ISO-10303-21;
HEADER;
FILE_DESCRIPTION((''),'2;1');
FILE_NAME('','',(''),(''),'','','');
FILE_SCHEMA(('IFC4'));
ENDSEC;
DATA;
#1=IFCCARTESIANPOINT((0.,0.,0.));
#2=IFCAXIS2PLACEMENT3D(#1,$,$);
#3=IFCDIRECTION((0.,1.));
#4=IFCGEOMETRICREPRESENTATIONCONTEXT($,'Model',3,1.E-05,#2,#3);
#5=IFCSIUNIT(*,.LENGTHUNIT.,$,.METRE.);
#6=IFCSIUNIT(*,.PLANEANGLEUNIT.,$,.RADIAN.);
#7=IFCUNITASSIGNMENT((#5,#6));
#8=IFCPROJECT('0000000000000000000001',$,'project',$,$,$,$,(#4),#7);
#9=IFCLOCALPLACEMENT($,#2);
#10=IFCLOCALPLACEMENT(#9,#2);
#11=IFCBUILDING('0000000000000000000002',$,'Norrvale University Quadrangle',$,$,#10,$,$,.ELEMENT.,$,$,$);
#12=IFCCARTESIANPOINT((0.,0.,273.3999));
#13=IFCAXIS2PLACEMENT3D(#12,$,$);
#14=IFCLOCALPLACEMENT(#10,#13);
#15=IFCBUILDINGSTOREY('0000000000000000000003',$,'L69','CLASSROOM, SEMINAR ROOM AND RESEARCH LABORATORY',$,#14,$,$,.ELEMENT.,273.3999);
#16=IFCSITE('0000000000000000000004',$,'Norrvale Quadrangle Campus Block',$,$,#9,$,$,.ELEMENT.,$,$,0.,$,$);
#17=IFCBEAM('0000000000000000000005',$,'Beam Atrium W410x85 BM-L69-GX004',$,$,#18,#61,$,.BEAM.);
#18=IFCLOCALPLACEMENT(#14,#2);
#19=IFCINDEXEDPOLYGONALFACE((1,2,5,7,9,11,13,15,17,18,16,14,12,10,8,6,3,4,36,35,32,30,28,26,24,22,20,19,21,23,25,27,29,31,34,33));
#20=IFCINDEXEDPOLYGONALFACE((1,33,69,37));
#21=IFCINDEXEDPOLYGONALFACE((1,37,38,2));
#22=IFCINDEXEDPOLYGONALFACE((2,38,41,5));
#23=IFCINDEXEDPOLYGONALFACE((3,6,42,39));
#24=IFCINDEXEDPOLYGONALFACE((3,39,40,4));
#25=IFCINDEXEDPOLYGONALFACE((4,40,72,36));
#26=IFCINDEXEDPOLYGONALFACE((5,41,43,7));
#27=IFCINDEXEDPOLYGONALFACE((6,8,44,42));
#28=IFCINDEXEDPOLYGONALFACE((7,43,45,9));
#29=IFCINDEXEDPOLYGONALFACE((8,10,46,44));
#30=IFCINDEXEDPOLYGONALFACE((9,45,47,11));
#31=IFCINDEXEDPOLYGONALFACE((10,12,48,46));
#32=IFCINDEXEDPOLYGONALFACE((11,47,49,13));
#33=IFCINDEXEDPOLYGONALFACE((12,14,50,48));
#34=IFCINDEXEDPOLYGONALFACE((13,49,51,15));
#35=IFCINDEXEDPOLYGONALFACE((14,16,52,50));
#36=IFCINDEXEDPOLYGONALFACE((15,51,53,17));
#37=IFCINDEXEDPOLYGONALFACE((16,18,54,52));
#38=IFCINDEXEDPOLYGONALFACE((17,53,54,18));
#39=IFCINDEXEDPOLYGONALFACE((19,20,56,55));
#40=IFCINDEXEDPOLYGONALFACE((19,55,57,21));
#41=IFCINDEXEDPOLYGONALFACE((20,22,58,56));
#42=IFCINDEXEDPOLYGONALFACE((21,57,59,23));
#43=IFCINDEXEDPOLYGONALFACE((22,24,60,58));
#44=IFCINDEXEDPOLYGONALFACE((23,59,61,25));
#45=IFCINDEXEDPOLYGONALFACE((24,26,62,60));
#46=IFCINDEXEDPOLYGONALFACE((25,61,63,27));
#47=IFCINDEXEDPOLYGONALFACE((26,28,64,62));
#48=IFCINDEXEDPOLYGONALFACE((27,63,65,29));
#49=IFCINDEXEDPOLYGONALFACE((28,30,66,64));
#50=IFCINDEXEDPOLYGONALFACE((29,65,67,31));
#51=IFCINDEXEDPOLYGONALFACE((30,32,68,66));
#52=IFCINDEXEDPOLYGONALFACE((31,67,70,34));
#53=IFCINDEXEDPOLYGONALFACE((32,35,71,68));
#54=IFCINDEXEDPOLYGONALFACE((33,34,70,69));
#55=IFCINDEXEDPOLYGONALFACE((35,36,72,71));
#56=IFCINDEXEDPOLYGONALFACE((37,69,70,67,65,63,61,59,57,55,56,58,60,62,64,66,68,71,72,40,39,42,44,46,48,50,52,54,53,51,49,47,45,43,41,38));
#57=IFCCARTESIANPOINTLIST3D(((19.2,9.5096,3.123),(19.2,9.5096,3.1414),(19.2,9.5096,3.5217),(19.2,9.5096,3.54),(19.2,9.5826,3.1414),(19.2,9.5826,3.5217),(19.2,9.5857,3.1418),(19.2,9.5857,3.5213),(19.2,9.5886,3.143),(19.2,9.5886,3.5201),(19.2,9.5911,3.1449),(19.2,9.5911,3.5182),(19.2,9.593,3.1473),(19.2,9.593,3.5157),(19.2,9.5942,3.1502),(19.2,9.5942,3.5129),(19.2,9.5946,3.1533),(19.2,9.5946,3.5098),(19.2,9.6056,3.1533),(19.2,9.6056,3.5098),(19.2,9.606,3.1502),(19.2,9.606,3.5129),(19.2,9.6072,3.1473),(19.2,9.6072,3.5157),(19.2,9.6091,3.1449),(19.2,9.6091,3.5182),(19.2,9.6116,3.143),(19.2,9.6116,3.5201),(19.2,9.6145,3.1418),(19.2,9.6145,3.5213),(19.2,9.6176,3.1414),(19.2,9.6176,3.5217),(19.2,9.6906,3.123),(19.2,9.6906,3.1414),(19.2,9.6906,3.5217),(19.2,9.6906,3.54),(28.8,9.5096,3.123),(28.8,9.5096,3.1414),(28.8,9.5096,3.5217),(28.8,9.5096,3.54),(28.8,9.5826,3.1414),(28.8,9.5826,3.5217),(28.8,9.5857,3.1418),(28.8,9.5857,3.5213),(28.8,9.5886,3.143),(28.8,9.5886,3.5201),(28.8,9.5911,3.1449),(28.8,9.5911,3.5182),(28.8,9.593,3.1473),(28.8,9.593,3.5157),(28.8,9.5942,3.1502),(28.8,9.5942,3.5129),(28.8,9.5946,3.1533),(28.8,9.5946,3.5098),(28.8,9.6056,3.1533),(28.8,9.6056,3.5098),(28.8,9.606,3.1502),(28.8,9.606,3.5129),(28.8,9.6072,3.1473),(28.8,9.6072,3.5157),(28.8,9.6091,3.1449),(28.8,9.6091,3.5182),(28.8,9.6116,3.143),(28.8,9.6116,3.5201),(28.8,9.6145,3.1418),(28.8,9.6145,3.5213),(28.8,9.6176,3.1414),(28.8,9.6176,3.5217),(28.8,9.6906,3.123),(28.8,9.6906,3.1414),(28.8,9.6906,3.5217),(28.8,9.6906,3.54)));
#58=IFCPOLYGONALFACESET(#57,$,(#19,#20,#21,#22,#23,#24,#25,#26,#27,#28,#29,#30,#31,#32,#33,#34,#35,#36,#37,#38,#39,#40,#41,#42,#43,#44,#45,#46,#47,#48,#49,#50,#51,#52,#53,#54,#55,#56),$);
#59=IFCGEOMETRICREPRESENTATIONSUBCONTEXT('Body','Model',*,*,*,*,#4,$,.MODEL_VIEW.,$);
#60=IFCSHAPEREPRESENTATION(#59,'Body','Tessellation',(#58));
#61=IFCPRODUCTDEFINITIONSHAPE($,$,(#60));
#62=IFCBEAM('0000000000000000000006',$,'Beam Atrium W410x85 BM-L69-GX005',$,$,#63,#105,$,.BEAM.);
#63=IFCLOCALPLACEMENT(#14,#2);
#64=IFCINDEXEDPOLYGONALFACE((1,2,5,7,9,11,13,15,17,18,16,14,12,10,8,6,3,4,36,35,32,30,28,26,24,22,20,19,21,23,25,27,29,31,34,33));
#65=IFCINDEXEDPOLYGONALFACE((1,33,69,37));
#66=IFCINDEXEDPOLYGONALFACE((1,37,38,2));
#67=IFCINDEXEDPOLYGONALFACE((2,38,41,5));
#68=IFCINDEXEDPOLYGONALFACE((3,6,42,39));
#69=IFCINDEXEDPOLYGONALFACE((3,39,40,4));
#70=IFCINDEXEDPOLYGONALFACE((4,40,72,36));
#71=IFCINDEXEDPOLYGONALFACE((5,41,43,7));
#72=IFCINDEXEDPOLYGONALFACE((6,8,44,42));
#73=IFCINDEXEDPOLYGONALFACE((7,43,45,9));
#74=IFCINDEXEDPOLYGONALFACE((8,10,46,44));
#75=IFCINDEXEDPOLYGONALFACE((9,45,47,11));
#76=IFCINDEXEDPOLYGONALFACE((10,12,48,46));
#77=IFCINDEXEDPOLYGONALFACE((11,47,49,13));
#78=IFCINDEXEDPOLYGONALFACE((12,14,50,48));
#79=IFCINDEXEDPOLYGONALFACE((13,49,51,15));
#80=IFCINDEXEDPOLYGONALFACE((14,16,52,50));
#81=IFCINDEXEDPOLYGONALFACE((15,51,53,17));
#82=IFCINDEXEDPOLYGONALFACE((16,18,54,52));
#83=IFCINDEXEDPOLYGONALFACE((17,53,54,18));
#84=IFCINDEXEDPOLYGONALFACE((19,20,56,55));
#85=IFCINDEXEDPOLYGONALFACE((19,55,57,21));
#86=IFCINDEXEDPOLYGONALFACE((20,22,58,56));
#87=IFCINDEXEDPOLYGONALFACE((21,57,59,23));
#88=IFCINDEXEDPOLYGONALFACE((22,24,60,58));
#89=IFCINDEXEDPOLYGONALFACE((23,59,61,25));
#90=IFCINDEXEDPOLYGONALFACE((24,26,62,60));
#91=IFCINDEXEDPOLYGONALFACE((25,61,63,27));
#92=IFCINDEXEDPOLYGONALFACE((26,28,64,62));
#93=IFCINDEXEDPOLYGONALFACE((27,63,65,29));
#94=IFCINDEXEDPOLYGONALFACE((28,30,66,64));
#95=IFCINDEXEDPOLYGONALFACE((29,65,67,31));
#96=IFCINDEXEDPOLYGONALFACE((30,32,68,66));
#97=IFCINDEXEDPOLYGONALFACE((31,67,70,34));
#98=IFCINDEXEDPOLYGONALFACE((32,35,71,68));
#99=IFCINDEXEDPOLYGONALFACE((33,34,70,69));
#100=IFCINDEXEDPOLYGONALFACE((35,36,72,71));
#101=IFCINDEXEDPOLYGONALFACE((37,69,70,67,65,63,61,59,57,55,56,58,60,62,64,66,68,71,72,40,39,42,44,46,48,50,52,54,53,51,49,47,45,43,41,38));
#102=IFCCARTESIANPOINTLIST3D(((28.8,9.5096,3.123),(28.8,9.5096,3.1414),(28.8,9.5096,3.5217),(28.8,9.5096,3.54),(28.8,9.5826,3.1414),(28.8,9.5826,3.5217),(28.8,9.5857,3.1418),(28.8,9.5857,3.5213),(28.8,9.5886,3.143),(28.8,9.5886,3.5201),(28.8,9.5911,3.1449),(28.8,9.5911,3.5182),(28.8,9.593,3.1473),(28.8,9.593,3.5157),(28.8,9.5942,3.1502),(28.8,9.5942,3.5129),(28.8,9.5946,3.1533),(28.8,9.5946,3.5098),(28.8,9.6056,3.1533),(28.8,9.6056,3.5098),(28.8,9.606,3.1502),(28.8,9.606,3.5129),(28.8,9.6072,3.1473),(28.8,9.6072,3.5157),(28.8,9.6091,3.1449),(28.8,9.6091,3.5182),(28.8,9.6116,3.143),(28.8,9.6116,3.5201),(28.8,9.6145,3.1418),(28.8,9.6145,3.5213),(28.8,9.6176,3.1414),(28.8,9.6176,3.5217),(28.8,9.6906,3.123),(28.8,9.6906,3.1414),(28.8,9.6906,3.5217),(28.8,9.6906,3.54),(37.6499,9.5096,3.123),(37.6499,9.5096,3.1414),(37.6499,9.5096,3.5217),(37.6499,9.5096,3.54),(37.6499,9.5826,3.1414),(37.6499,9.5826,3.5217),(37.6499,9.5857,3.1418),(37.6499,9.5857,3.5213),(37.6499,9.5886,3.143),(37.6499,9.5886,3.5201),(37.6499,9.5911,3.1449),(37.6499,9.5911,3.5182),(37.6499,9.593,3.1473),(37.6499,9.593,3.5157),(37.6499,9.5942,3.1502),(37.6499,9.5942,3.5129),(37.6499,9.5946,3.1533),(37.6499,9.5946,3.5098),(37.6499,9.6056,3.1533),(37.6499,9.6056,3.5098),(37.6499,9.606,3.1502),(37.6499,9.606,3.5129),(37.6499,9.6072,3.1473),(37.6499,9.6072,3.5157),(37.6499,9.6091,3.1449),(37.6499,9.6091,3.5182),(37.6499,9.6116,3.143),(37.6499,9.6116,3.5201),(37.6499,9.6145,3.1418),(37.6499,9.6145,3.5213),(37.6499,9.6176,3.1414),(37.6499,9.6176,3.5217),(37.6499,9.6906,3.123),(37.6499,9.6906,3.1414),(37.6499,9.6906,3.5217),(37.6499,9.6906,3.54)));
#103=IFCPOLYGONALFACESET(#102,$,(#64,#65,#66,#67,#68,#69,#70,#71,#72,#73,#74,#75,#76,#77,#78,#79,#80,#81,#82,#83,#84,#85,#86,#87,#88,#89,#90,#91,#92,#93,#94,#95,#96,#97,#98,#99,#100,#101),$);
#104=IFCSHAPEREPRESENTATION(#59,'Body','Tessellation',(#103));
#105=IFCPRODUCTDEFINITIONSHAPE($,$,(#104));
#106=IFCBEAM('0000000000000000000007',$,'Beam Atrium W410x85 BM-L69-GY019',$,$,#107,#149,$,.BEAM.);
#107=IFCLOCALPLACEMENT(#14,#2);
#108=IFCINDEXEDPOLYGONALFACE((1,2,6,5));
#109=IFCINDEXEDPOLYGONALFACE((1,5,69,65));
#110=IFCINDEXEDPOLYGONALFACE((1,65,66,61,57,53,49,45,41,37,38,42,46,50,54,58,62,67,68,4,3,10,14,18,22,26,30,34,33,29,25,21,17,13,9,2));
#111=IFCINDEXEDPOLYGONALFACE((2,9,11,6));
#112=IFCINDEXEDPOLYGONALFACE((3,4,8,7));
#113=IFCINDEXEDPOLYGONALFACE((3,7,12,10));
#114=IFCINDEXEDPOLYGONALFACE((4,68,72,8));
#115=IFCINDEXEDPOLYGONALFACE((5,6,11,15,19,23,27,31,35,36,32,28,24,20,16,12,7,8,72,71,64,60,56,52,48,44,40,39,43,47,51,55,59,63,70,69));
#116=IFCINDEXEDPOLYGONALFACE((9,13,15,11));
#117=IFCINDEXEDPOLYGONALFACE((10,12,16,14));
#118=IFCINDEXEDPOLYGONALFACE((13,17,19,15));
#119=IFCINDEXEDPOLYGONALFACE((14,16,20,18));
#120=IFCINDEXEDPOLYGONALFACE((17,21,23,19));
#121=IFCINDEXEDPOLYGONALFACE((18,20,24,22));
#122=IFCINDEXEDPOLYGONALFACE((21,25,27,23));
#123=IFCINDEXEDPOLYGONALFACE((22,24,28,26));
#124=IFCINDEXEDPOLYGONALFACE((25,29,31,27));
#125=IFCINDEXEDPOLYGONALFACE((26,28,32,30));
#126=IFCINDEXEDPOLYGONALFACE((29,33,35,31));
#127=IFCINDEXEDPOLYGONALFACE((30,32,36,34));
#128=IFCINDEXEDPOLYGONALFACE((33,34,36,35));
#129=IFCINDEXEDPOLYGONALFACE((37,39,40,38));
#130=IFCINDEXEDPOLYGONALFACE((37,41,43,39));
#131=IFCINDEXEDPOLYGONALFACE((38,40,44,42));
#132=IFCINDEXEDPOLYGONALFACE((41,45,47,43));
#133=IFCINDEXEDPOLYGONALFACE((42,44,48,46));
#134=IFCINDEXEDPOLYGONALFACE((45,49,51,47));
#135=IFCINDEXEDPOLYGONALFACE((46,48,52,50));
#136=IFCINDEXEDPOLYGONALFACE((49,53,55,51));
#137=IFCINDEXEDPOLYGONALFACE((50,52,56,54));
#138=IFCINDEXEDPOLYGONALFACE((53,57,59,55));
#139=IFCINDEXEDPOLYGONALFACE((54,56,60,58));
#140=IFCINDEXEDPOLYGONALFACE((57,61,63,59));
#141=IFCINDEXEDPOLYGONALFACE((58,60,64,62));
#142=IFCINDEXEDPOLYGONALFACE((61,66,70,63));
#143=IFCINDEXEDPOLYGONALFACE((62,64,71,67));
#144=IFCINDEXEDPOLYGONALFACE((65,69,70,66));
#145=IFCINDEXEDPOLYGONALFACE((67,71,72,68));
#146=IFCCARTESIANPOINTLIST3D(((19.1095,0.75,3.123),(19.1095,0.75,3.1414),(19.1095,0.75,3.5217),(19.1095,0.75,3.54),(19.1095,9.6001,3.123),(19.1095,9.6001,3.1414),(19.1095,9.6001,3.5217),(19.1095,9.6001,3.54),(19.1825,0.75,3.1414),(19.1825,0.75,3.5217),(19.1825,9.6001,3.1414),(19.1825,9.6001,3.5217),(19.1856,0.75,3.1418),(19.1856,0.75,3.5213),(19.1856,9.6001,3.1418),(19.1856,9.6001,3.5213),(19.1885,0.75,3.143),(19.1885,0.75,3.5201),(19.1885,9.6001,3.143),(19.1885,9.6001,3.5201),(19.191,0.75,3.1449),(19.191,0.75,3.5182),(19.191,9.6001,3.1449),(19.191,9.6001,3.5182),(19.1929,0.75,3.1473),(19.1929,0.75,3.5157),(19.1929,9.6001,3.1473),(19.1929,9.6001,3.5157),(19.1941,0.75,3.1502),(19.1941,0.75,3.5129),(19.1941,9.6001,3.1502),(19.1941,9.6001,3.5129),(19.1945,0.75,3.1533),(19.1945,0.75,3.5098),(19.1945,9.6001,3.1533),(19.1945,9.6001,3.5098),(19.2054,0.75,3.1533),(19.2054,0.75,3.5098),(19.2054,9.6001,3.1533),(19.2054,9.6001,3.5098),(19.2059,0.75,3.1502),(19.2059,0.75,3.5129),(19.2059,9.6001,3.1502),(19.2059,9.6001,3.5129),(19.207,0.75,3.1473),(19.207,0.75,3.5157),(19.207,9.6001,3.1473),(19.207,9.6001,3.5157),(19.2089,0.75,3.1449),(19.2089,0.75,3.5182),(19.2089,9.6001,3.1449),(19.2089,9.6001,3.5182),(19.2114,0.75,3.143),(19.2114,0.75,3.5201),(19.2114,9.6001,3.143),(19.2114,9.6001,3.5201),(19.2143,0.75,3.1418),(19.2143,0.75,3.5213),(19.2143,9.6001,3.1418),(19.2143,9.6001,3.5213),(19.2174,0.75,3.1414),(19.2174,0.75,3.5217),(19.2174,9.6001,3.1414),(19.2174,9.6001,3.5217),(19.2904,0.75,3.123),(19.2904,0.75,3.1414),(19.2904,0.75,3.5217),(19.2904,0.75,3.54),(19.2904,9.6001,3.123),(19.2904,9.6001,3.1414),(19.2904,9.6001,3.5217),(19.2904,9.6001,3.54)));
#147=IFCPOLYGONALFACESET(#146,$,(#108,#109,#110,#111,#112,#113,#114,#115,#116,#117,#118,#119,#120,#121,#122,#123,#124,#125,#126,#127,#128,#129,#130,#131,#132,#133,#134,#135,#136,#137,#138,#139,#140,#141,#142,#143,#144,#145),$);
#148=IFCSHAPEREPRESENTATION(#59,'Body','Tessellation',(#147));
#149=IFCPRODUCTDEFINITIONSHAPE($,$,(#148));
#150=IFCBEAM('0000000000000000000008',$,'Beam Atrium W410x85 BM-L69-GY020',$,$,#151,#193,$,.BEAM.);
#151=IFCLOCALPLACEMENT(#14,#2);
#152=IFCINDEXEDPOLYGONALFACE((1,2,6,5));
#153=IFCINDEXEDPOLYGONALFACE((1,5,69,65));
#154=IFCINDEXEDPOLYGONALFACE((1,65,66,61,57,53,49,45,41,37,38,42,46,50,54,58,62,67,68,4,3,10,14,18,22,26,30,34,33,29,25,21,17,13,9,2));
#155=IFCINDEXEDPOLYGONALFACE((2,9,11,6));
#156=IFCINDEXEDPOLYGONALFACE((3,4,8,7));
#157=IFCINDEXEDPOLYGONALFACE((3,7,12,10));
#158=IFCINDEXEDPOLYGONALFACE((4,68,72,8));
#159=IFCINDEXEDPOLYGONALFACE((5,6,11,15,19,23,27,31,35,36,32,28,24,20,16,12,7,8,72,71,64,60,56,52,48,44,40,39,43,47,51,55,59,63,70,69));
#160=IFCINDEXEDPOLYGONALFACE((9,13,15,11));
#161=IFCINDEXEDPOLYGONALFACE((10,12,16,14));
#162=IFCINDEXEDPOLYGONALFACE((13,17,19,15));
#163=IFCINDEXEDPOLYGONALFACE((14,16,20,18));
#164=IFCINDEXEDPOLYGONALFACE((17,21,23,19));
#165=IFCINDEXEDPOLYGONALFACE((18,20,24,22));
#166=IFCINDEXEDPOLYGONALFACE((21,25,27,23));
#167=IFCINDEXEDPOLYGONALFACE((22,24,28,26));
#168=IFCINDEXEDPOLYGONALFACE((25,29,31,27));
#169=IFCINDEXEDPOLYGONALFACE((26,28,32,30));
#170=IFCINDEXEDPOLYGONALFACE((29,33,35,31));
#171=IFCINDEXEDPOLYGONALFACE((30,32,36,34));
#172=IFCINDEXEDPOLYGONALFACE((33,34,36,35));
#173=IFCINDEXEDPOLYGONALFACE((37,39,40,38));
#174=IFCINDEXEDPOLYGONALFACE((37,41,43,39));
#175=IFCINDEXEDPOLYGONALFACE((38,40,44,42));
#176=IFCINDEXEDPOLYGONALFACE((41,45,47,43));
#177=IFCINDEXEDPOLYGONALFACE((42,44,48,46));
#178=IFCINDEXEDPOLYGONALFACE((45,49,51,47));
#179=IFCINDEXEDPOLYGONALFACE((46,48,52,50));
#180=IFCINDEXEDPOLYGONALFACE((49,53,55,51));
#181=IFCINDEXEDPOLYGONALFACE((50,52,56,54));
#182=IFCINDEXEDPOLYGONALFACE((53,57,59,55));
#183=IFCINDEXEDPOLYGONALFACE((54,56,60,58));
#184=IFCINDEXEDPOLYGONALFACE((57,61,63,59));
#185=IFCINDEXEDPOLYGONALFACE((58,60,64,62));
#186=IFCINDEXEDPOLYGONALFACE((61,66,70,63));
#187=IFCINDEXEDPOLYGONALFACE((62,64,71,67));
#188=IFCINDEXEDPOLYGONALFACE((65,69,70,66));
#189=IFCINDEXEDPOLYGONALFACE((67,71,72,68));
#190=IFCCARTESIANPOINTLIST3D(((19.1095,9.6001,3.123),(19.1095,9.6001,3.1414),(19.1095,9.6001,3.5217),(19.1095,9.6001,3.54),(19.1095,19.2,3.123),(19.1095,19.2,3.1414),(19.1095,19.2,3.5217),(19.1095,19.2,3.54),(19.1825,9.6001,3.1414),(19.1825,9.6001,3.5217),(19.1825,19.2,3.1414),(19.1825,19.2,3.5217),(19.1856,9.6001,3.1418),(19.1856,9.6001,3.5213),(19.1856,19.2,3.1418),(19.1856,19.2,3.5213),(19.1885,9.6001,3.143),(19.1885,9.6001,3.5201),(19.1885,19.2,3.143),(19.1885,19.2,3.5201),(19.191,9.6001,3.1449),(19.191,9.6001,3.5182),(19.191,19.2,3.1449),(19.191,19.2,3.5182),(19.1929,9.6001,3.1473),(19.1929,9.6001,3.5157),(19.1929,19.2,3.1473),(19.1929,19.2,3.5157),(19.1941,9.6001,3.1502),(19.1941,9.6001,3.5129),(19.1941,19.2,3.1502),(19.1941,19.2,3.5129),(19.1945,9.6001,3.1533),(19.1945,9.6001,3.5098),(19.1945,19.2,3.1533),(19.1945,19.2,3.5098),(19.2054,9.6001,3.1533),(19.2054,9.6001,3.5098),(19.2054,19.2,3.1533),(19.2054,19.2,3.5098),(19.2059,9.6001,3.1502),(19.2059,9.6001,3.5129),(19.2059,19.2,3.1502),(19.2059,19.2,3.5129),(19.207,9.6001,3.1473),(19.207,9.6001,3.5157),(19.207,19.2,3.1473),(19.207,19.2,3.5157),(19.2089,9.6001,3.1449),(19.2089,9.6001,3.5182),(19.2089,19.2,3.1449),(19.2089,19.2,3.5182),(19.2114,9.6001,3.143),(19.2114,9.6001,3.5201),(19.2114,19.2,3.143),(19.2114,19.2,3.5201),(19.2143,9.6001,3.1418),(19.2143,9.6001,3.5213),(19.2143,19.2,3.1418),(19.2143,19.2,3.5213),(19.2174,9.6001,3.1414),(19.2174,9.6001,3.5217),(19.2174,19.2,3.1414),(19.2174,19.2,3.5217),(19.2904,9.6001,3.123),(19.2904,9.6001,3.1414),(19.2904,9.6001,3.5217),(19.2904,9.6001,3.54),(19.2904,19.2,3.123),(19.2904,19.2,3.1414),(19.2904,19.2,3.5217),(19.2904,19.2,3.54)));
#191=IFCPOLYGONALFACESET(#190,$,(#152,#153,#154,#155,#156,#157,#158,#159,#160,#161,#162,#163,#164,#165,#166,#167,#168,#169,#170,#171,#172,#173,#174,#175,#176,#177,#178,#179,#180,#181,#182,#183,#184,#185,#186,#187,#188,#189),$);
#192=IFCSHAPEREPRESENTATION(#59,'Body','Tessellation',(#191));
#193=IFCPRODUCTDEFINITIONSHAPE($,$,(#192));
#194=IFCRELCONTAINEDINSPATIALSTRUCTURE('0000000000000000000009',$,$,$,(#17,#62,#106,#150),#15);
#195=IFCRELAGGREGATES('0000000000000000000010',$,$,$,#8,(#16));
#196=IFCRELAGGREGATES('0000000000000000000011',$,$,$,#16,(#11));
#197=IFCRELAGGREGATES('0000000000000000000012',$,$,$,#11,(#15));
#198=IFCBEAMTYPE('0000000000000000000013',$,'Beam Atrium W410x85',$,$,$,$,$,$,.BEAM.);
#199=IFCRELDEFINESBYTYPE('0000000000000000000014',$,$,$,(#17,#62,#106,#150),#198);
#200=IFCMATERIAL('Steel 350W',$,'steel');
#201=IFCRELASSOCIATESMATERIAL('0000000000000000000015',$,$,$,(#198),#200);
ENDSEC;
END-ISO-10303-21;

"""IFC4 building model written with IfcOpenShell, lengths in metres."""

from ifc_helpers import new_model, si_unit, direction, frame, origin, origin_2d, place, context, subcontext, project, spatial, i_section, extrude, material, material_profile, profile_set, type_object, element, save


model = new_model("IFC4")

# Units and contexts
model_context = context("Model", 3, precision=1e-05, world=origin(), true_north=direction((0.0, 1.0)))
body_context = subcontext(model_context, "Body", "Model", "MODEL_VIEW")
ifc_project = project(units=[si_unit("LENGTHUNIT", "METRE"), si_unit("PLANEANGLEUNIT", "RADIAN")], contexts=[model_context])

# Site, building, storey
site_placement = place(None, origin())
site = spatial("IfcSite", under=ifc_project, at=site_placement, Name="Norrvale Quadrangle Campus Block", CompositionType="ELEMENT", RefElevation=0.0)
building_placement = place(site_placement, origin())
building = spatial("IfcBuilding", under=site, at=building_placement, Name="Norrvale University Quadrangle", CompositionType="ELEMENT")
storey_placement = place(building_placement, frame((0.0, 0.0, 273.3999)))
storey = spatial("IfcBuildingStorey", under=building, at=storey_placement, Name="L69", Description="CLASSROOM, SEMINAR ROOM AND RESEARCH LABORATORY", CompositionType="ELEMENT", Elevation=273.3999)

# Beams
ifc_material_1 = material(Name="Steel 350W", Category="steel")
ifc_material_profile_1 = material_profile(ifc_material_1, i_section(OverallWidth=0.1809, OverallDepth=0.417, WebThickness=0.011, FlangeThickness=0.0183, FilletRadius=0.012, at=origin_2d()), Name="Steel 350W")
ifc_profile_set_1 = profile_set([ifc_material_profile_1], Name="Steel 350W")
beam_type_1 = type_object("IfcBeamType", Name="Beam Atrium W410x85", PredefinedType="BEAM", material=ifc_profile_set_1)
beam_1_placement = place(storey_placement, frame((19.2, 9.6001, 3.3315), z_axis=(1.0, 0.0, 0.0), x_axis=(0.0, 1.0, 0.0)))
element("IfcBeam", 1, at=beam_1_placement, inside=storey, type_object=beam_type_1, Name="Beam Atrium W410x85 BM-L69-GX004", PredefinedType="BEAM", context=body_context, shape_type="SweptSolid", body=[
    extrude(i_section(OverallWidth=0.1809, OverallDepth=0.417, WebThickness=0.011, FlangeThickness=0.0183, FilletRadius=0.012, at=origin_2d()), origin(), (0.0, 0.0, 1.0), 9.6001),
])
beam_2_placement = place(storey_placement, frame((28.8, 9.6001, 3.3315), z_axis=(1.0, 0.0, 0.0), x_axis=(0.0, 1.0, 0.0)))
element("IfcBeam", 2, at=beam_2_placement, inside=storey, type_object=beam_type_1, Name="Beam Atrium W410x85 BM-L69-GX005", PredefinedType="BEAM", context=body_context, shape_type="SweptSolid", body=[
    extrude(i_section(OverallWidth=0.1809, OverallDepth=0.417, WebThickness=0.011, FlangeThickness=0.0183, FilletRadius=0.012, at=origin_2d()), origin(), (0.0, 0.0, 1.0), 8.8499),
])
beam_3_placement = place(storey_placement, frame((19.2, 0.75, 3.3315), z_axis=(0.0, 1.0, 0.0), x_axis=(-1.0, 0.0, 0.0)))
element("IfcBeam", 3, at=beam_3_placement, inside=storey, type_object=beam_type_1, Name="Beam Atrium W410x85 BM-L69-GY019", PredefinedType="BEAM", context=body_context, shape_type="SweptSolid", body=[
    extrude(i_section(OverallWidth=0.1809, OverallDepth=0.417, WebThickness=0.011, FlangeThickness=0.0183, FilletRadius=0.012, at=origin_2d()), origin(), (0.0, 0.0, 1.0), 8.8501),
])
beam_4_placement = place(storey_placement, frame((19.2, 9.6001, 3.3315), z_axis=(0.0, 1.0, 0.0), x_axis=(-1.0, 0.0, 0.0)))
element("IfcBeam", 4, at=beam_4_placement, inside=storey, type_object=beam_type_1, Name="Beam Atrium W410x85 BM-L69-GY020", PredefinedType="BEAM", context=body_context, shape_type="SweptSolid", body=[
    extrude(i_section(OverallWidth=0.1809, OverallDepth=0.417, WebThickness=0.011, FlangeThickness=0.0183, FilletRadius=0.012, at=origin_2d()), origin(), (0.0, 0.0, 1.0), 9.5999),
])

save(model, "model.ifc")
